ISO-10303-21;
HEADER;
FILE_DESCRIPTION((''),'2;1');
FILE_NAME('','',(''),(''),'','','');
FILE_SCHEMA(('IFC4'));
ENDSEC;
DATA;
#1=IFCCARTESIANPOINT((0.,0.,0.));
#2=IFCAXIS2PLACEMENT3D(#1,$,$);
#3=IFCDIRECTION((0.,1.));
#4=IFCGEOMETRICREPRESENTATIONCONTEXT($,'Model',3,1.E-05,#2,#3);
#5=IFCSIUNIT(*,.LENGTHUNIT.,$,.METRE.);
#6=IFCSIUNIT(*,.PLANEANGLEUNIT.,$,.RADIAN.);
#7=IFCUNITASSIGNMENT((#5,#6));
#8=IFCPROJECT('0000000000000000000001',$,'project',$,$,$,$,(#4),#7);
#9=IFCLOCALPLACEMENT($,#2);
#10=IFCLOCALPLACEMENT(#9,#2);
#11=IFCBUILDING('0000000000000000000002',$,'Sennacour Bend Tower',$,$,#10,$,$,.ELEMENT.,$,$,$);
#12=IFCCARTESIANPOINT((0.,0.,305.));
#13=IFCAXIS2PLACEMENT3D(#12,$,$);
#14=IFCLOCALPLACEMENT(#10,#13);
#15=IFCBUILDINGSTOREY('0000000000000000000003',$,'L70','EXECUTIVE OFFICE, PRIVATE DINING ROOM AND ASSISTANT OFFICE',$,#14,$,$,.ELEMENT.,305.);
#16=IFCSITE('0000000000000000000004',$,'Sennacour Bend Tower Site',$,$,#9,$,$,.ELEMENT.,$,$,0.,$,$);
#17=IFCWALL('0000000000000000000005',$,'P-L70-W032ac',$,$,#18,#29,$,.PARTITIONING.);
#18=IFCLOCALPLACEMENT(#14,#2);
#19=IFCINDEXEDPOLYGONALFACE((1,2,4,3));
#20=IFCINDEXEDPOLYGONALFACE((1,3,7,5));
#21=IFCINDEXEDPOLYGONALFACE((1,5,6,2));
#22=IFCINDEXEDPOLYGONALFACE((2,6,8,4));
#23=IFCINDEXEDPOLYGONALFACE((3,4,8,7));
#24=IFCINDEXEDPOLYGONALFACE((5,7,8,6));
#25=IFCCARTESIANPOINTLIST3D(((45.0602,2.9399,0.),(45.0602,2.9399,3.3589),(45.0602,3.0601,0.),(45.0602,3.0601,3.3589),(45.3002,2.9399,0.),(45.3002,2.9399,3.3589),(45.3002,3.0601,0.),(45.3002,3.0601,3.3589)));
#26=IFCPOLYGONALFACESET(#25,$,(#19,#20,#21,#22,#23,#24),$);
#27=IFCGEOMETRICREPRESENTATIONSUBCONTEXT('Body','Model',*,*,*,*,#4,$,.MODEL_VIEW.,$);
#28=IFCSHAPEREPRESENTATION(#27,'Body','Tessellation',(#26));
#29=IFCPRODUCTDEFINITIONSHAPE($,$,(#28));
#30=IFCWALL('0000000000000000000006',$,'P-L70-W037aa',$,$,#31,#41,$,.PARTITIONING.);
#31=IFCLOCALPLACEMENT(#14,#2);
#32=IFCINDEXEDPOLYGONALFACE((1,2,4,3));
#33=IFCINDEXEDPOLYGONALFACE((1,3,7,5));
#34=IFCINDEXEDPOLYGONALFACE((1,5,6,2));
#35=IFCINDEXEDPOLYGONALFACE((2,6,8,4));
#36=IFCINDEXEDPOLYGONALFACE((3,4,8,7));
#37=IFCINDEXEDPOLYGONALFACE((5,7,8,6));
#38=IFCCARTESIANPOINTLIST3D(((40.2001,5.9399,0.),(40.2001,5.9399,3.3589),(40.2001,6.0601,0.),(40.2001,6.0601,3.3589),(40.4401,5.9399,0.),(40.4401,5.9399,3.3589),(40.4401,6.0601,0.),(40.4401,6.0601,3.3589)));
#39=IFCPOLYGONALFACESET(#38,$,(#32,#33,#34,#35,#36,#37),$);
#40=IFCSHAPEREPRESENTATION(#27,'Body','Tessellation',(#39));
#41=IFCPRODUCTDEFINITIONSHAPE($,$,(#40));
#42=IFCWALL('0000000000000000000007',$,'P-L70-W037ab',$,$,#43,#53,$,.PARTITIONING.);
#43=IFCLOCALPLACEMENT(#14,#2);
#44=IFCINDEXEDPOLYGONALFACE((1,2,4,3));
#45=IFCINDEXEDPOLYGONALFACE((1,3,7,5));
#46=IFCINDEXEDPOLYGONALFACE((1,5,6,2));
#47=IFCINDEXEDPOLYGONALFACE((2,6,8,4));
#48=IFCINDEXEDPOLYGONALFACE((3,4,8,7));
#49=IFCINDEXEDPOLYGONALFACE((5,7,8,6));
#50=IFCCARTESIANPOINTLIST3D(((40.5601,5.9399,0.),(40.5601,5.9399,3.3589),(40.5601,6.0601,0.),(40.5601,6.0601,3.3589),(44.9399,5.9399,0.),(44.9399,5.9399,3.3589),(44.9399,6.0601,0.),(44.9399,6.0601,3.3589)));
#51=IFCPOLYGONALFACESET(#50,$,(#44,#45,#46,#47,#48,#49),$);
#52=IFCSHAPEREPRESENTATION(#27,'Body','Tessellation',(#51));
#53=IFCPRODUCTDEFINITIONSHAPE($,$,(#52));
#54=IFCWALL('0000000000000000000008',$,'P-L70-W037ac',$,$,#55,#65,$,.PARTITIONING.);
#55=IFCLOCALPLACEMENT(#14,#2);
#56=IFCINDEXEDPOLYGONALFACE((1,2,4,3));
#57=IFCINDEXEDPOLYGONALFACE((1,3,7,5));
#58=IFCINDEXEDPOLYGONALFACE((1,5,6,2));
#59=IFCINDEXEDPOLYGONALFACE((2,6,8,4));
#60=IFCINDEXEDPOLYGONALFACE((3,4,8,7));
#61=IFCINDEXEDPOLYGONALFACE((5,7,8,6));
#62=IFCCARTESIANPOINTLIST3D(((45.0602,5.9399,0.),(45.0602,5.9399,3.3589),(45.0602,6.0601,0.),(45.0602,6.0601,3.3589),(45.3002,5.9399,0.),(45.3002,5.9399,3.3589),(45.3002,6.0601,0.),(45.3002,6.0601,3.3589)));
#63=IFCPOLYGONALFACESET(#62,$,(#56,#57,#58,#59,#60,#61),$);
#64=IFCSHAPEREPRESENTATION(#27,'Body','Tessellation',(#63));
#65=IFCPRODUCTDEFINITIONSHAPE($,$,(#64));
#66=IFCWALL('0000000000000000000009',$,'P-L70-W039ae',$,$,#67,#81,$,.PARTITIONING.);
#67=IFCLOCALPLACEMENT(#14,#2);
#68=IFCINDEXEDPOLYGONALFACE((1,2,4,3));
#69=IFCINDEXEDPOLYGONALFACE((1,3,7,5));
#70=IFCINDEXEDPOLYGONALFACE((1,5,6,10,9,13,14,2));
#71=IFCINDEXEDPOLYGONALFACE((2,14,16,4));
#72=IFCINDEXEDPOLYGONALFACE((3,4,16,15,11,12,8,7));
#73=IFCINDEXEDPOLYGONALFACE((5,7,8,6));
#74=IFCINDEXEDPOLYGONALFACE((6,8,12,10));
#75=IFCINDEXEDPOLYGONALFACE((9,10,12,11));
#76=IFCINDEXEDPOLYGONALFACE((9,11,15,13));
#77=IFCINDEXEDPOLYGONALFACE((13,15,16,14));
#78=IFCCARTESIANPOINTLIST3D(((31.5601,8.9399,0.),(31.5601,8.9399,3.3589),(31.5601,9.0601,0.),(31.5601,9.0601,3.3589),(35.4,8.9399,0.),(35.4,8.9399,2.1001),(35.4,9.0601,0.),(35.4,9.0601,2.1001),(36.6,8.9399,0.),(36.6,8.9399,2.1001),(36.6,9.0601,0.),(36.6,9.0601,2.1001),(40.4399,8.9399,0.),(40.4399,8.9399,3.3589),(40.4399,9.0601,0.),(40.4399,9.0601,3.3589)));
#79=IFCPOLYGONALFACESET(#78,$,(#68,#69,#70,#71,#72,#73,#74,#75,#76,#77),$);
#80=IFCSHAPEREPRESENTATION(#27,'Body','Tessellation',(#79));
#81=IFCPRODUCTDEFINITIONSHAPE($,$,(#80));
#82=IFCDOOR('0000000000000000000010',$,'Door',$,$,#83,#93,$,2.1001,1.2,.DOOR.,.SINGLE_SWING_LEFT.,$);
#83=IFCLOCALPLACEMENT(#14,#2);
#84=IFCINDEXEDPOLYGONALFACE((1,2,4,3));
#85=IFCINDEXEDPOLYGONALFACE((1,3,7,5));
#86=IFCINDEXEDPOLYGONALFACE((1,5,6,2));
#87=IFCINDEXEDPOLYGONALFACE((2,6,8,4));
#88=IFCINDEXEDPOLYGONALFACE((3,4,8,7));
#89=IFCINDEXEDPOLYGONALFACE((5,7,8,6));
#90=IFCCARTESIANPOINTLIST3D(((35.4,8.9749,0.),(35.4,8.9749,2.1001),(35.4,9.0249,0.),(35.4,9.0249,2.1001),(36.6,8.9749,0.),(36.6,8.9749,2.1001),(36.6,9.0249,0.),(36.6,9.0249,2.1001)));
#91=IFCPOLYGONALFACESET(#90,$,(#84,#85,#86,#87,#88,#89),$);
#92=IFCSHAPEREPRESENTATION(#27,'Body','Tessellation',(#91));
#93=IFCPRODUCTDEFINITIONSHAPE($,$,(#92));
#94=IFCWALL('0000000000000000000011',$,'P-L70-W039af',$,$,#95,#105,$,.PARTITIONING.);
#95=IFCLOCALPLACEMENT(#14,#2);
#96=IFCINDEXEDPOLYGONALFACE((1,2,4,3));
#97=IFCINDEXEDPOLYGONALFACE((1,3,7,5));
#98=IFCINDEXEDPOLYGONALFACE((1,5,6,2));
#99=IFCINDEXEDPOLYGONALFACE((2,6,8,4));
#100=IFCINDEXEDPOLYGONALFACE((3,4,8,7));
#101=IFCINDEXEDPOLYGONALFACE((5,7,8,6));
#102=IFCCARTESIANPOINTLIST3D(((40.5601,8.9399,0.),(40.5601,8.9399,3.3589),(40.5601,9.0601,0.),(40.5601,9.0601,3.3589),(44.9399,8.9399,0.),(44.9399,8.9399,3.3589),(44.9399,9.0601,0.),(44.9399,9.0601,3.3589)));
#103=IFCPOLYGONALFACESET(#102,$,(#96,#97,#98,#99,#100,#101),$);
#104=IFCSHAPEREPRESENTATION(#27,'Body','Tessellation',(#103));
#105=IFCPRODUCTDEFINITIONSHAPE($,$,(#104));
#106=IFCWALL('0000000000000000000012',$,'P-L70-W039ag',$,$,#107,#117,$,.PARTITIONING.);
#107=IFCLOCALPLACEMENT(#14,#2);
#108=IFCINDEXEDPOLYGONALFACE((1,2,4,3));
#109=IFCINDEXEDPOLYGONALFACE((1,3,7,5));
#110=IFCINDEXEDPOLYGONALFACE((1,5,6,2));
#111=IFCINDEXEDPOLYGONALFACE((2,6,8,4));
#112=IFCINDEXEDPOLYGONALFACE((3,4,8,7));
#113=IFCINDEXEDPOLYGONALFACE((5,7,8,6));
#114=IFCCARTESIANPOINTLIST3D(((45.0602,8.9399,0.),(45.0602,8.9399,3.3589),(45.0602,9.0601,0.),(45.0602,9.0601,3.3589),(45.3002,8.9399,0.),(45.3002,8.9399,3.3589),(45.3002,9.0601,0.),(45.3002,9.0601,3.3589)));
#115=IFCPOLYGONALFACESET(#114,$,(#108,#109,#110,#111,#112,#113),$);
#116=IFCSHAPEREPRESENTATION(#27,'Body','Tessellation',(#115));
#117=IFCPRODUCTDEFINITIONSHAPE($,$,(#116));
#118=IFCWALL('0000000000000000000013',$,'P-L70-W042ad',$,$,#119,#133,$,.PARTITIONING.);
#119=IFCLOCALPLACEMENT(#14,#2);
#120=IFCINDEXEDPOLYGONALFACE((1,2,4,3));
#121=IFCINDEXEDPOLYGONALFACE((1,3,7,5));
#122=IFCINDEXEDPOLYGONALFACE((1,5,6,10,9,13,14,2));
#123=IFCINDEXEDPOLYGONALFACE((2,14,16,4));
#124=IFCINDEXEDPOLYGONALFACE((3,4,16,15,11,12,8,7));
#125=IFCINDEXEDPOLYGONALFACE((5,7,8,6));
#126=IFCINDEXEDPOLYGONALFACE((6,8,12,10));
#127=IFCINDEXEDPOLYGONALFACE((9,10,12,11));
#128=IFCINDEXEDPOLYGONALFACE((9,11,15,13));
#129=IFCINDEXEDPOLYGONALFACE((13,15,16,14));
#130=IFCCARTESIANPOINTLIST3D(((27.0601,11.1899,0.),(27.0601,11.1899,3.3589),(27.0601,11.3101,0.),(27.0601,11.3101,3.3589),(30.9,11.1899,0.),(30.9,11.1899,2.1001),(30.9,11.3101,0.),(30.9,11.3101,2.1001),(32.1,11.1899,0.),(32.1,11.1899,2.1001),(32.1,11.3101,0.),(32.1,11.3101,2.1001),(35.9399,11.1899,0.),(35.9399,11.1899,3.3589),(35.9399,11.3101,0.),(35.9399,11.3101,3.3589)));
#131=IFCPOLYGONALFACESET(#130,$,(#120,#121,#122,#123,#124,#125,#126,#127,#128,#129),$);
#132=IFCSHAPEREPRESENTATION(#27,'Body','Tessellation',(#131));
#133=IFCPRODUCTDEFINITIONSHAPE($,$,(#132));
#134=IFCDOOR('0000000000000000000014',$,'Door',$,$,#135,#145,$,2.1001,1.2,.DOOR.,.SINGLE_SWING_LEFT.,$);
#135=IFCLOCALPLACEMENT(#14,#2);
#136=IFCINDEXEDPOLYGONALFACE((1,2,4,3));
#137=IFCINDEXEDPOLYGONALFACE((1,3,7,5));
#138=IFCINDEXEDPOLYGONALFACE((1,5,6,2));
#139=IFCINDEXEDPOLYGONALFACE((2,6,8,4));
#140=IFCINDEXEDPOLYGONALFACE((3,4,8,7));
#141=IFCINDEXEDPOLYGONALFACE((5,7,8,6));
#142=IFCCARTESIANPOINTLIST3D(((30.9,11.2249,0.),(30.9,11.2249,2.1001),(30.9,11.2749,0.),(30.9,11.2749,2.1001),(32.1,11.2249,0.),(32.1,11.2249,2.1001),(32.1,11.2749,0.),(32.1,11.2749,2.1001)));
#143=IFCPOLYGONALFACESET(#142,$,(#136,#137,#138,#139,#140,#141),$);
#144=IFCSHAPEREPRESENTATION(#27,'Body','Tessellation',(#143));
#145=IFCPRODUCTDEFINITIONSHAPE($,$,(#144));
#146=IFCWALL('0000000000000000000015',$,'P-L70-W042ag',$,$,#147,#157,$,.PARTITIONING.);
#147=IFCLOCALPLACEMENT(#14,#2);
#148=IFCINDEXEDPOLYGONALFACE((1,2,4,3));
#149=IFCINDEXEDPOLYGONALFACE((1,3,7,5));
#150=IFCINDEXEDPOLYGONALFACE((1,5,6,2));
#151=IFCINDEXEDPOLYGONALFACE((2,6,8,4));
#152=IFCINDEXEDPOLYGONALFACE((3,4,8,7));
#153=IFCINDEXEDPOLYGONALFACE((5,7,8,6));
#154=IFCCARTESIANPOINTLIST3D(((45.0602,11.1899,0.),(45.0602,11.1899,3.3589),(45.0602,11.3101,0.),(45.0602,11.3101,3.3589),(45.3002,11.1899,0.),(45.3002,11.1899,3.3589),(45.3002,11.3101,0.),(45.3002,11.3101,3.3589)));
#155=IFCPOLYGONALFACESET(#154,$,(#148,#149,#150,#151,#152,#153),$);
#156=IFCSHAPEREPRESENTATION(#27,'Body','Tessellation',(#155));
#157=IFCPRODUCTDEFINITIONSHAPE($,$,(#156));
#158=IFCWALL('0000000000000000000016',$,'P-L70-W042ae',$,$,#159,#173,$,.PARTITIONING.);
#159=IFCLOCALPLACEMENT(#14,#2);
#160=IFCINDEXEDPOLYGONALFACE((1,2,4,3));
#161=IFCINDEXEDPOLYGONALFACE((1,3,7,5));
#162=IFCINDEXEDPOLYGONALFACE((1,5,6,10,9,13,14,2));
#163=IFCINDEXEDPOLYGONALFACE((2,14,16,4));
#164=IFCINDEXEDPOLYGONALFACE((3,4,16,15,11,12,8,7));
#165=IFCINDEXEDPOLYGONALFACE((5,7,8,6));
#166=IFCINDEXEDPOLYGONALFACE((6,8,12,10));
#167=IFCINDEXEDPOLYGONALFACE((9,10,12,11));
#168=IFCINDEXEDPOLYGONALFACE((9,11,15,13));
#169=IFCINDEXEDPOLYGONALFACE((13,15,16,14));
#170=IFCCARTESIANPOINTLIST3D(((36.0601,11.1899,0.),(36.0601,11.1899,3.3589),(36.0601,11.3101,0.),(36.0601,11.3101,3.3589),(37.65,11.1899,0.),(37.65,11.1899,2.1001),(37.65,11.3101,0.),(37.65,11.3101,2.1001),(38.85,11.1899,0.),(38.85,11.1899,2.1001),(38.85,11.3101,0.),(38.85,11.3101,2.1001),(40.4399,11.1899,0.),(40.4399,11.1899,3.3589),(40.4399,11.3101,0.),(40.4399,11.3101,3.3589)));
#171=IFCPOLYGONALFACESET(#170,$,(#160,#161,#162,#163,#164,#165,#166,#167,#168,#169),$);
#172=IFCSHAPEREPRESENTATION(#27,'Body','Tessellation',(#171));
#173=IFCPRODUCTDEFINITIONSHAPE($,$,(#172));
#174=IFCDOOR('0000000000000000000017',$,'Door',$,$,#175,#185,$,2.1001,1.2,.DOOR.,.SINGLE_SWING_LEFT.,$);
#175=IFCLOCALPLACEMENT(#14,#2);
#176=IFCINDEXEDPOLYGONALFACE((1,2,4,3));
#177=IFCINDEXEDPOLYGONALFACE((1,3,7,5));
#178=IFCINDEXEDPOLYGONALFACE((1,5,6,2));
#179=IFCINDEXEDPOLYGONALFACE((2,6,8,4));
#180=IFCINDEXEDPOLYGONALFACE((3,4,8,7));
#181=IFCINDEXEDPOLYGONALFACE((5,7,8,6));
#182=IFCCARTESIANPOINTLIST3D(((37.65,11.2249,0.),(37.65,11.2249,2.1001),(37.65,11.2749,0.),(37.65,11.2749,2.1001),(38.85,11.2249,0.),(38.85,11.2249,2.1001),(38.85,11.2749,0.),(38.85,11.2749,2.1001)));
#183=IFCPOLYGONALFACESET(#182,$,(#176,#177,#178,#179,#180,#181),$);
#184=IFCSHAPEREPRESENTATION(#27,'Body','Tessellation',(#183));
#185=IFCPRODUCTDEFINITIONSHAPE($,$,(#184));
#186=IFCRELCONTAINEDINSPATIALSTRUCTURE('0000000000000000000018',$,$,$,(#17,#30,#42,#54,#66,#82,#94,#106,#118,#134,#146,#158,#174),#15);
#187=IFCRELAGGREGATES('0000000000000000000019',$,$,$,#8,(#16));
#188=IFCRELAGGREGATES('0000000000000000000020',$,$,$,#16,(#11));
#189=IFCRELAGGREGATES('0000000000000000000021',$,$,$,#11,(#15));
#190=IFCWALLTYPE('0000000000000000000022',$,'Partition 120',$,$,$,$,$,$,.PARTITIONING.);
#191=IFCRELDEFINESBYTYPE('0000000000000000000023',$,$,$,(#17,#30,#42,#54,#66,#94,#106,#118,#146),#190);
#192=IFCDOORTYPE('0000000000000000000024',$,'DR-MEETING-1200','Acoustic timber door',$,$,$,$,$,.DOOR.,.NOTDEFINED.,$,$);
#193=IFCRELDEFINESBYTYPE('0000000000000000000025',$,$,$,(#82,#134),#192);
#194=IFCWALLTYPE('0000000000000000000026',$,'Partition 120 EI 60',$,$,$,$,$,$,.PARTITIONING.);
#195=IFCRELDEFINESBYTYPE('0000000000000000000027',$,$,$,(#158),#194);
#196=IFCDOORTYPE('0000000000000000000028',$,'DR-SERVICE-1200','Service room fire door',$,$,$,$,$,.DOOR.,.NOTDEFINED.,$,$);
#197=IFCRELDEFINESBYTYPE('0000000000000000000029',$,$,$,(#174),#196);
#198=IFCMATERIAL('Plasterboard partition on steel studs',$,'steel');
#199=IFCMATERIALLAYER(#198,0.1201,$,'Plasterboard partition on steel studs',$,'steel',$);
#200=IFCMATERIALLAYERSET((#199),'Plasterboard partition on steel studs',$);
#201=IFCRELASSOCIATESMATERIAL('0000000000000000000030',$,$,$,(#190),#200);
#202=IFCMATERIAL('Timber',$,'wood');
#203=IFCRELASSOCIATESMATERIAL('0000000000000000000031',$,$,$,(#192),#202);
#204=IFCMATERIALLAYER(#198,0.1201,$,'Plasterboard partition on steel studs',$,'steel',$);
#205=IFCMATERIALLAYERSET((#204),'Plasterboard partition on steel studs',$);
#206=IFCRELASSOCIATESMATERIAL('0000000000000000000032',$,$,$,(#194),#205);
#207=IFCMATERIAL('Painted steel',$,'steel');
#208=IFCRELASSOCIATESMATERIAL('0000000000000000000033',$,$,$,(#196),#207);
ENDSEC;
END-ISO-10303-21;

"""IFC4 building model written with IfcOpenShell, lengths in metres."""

from ifc_helpers import new_model, si_unit, direction, frame, frame_2d, origin, place, context, subcontext, project, spatial, rectangle, extrude, material, layer, layer_set, type_object, element, fill, save


model = new_model("IFC4")

# Units and contexts
model_context = context("Model", 3, precision=1e-05, world=origin(), true_north=direction((0.0, 1.0)))
body_context = subcontext(model_context, "Body", "Model", "MODEL_VIEW")
ifc_project = project(units=[si_unit("LENGTHUNIT", "METRE"), si_unit("PLANEANGLEUNIT", "RADIAN")], contexts=[model_context])

# Site, building, storey
site_placement = place(None, origin())
site = spatial("IfcSite", under=ifc_project, at=site_placement, Name="Sennacour Bend Tower Site", CompositionType="ELEMENT", RefElevation=0.0)
building_placement = place(site_placement, origin())
building = spatial("IfcBuilding", under=site, at=building_placement, Name="Sennacour Bend Tower", CompositionType="ELEMENT")
storey_placement = place(building_placement, frame((0.0, 0.0, 305.0)))
storey = spatial("IfcBuildingStorey", under=building, at=storey_placement, Name="L70", Description="EXECUTIVE OFFICE, PRIVATE DINING ROOM AND ASSISTANT OFFICE", CompositionType="ELEMENT", Elevation=305.0)

# Walls
ifc_material_1 = material(Name="Plasterboard partition on steel studs", Category="steel")
ifc_layer_1 = layer(ifc_material_1, 0.1201, Name="Plasterboard partition on steel studs", Category="steel")
ifc_layer_set_1 = layer_set([ifc_layer_1], Name="Plasterboard partition on steel studs")
wall_type_1 = type_object("IfcWallType", Name="Partition 120", PredefinedType="PARTITIONING", material=ifc_layer_set_1)
for number, where, z_axis, x_axis, name in (
    (1, (45.0601, 3.0, 0.0), (0.0, 0.0, 1.0), (1.0, 0.0, 0.0), "P-L70-W032ac"),
    (2, (40.2, 6.0, 0.0), (0.0, 0.0, 1.0), (1.0, 0.0, 0.0), "P-L70-W037aa"),
):
    element("IfcWall", number, at=place(storey_placement, frame(where, z_axis=z_axis, x_axis=x_axis)), inside=storey, type_object=wall_type_1, Name=name, PredefinedType="PARTITIONING", context=body_context, shape_type="SweptSolid", body=[
        extrude(rectangle(XDim=0.24, YDim=0.1201, at=frame_2d((0.1201, 0.0))), origin(), (0.0, 0.0, 1.0), 3.3589),
    ])
wall_1_placement = place(storey_placement, frame((40.5601, 6.0, 0.0), z_axis=(0.0, 0.0, 1.0), x_axis=(1.0, 0.0, 0.0)))
element("IfcWall", 3, at=wall_1_placement, inside=storey, type_object=wall_type_1, Name="P-L70-W037ab", PredefinedType="PARTITIONING", context=body_context, shape_type="SweptSolid", body=[
    extrude(rectangle(XDim=4.3799, YDim=0.1201, at=frame_2d((2.1899, 0.0))), origin(), (0.0, 0.0, 1.0), 3.3589),
])
wall_2_placement = place(storey_placement, frame((45.0601, 6.0, 0.0), z_axis=(0.0, 0.0, 1.0), x_axis=(1.0, 0.0, 0.0)))
element("IfcWall", 4, at=wall_2_placement, inside=storey, type_object=wall_type_1, Name="P-L70-W037ac", PredefinedType="PARTITIONING", context=body_context, shape_type="SweptSolid", body=[
    extrude(rectangle(XDim=0.24, YDim=0.1201, at=frame_2d((0.1201, 0.0))), origin(), (0.0, 0.0, 1.0), 3.3589),
])

# Wall, opening, door
wall_3_placement = place(storey_placement, frame((31.5601, 9.0, 0.0), z_axis=(0.0, 0.0, 1.0), x_axis=(1.0, 0.0, 0.0)))
wall_3 = element("IfcWall", 5, at=wall_3_placement, inside=storey, type_object=wall_type_1, Name="P-L70-W039ae", PredefinedType="PARTITIONING", context=body_context, shape_type="SweptSolid", body=[
    extrude(rectangle(XDim=8.8799, YDim=0.1201, at=frame_2d((4.4399, 0.0))), origin(), (0.0, 0.0, 1.0), 3.3589),
])
opening_1_placement = place(wall_3_placement, frame((3.8398, 0.0, 0.0)))
opening_1 = element("IfcOpeningElement", 6, at=opening_1_placement, cuts=wall_3, PredefinedType="OPENING", context=body_context, shape_type="SweptSolid", body=[
    extrude(rectangle(XDim=1.2, YDim=2.1001, at=frame_2d((0.6001, 1.05))), frame((0.0, 0.0701, 0.0), z_axis=(0.0, -1.0, 0.0), x_axis=(1.0, 0.0, 0.0)), (0.0, 0.0, 1.0), 0.1401),
])
ifc_material_2 = material(Name="Timber", Category="wood")
door_type_1 = type_object("IfcDoorType", Name="DR-MEETING-1200", Description="Acoustic timber door", OperationType="NOTDEFINED", PredefinedType="DOOR", material=ifc_material_2)
door_1_placement = place(opening_1_placement, origin())
door_1 = element("IfcDoor", 7, at=door_1_placement, inside=storey, type_object=door_type_1, Name="Door", OperationType="SINGLE_SWING_LEFT", OverallHeight=2.1001, OverallWidth=1.2, PredefinedType="DOOR", context=body_context, shape_type="SweptSolid", body=[
    extrude(rectangle(XDim=1.2, YDim=2.1001, at=frame_2d((0.6001, 1.05))), frame((0.0, 0.0249, 0.0), z_axis=(0.0, -1.0, 0.0), x_axis=(1.0, 0.0, 0.0)), (0.0, 0.0, 1.0), 0.05),
])
fill(opening_1, door_1)

# Walls
wall_4_placement = place(storey_placement, frame((40.5601, 9.0, 0.0), z_axis=(0.0, 0.0, 1.0), x_axis=(1.0, 0.0, 0.0)))
element("IfcWall", 8, at=wall_4_placement, inside=storey, type_object=wall_type_1, Name="P-L70-W039af", PredefinedType="PARTITIONING", context=body_context, shape_type="SweptSolid", body=[
    extrude(rectangle(XDim=4.3799, YDim=0.1201, at=frame_2d((2.1899, 0.0))), origin(), (0.0, 0.0, 1.0), 3.3589),
])
wall_5_placement = place(storey_placement, frame((45.0601, 9.0, 0.0), z_axis=(0.0, 0.0, 1.0), x_axis=(1.0, 0.0, 0.0)))
element("IfcWall", 9, at=wall_5_placement, inside=storey, type_object=wall_type_1, Name="P-L70-W039ag", PredefinedType="PARTITIONING", context=body_context, shape_type="SweptSolid", body=[
    extrude(rectangle(XDim=0.24, YDim=0.1201, at=frame_2d((0.1201, 0.0))), origin(), (0.0, 0.0, 1.0), 3.3589),
])

# Wall, opening, door
wall_6_placement = place(storey_placement, frame((27.0601, 11.25, 0.0), z_axis=(0.0, 0.0, 1.0), x_axis=(1.0, 0.0, 0.0)))
wall_6 = element("IfcWall", 10, at=wall_6_placement, inside=storey, type_object=wall_type_1, Name="P-L70-W042ad", PredefinedType="PARTITIONING", context=body_context, shape_type="SweptSolid", body=[
    extrude(rectangle(XDim=8.8799, YDim=0.1201, at=frame_2d((4.4399, 0.0))), origin(), (0.0, 0.0, 1.0), 3.3589),
])
opening_2_placement = place(wall_6_placement, frame((3.8398, 0.0, 0.0)))
opening_2 = element("IfcOpeningElement", 11, at=opening_2_placement, cuts=wall_6, PredefinedType="OPENING", context=body_context, shape_type="SweptSolid", body=[
    extrude(rectangle(XDim=1.2, YDim=2.1001, at=frame_2d((0.6001, 1.05))), frame((0.0, 0.0701, 0.0), z_axis=(0.0, -1.0, 0.0), x_axis=(1.0, 0.0, 0.0)), (0.0, 0.0, 1.0), 0.1401),
])
door_2_placement = place(opening_2_placement, origin())
door_2 = element("IfcDoor", 12, at=door_2_placement, inside=storey, type_object=door_type_1, Name="Door", OperationType="SINGLE_SWING_LEFT", OverallHeight=2.1001, OverallWidth=1.2, PredefinedType="DOOR", context=body_context, shape_type="SweptSolid", body=[
    extrude(rectangle(XDim=1.2, YDim=2.1001, at=frame_2d((0.6001, 1.05))), frame((0.0, 0.0249, 0.0), z_axis=(0.0, -1.0, 0.0), x_axis=(1.0, 0.0, 0.0)), (0.0, 0.0, 1.0), 0.05),
])
fill(opening_2, door_2)

# Wall
wall_7_placement = place(storey_placement, frame((45.0601, 11.25, 0.0), z_axis=(0.0, 0.0, 1.0), x_axis=(1.0, 0.0, 0.0)))
element("IfcWall", 13, at=wall_7_placement, inside=storey, type_object=wall_type_1, Name="P-L70-W042ag", PredefinedType="PARTITIONING", context=body_context, shape_type="SweptSolid", body=[
    extrude(rectangle(XDim=0.24, YDim=0.1201, at=frame_2d((0.1201, 0.0))), origin(), (0.0, 0.0, 1.0), 3.3589),
])

# Wall, opening, door
ifc_layer_2 = layer(ifc_material_1, 0.1201, Name="Plasterboard partition on steel studs", Category="steel")
ifc_layer_set_2 = layer_set([ifc_layer_2], Name="Plasterboard partition on steel studs")
wall_type_2 = type_object("IfcWallType", Name="Partition 120 EI 60", PredefinedType="PARTITIONING", material=ifc_layer_set_2)
wall_8_placement = place(storey_placement, frame((36.0601, 11.25, 0.0), z_axis=(0.0, 0.0, 1.0), x_axis=(1.0, 0.0, 0.0)))
wall_8 = element("IfcWall", 14, at=wall_8_placement, inside=storey, type_object=wall_type_2, Name="P-L70-W042ae", PredefinedType="PARTITIONING", context=body_context, shape_type="SweptSolid", body=[
    extrude(rectangle(XDim=4.3799, YDim=0.1201, at=frame_2d((2.1899, 0.0))), origin(), (0.0, 0.0, 1.0), 3.3589),
])
opening_3_placement = place(wall_8_placement, frame((1.5898, 0.0, 0.0)))
opening_3 = element("IfcOpeningElement", 15, at=opening_3_placement, cuts=wall_8, PredefinedType="OPENING", context=body_context, shape_type="SweptSolid", body=[
    extrude(rectangle(XDim=1.2, YDim=2.1001, at=frame_2d((0.6001, 1.05))), frame((0.0, 0.0701, 0.0), z_axis=(0.0, -1.0, 0.0), x_axis=(1.0, 0.0, 0.0)), (0.0, 0.0, 1.0), 0.1401),
])
ifc_material_3 = material(Name="Painted steel", Category="steel")
door_type_2 = type_object("IfcDoorType", Name="DR-SERVICE-1200", Description="Service room fire door", OperationType="NOTDEFINED", PredefinedType="DOOR", material=ifc_material_3)
door_3_placement = place(opening_3_placement, origin())
door_3 = element("IfcDoor", 16, at=door_3_placement, inside=storey, type_object=door_type_2, Name="Door", OperationType="SINGLE_SWING_LEFT", OverallHeight=2.1001, OverallWidth=1.2, PredefinedType="DOOR", context=body_context, shape_type="SweptSolid", body=[
    extrude(rectangle(XDim=1.2, YDim=2.1001, at=frame_2d((0.6001, 1.05))), frame((0.0, 0.0249, 0.0), z_axis=(0.0, -1.0, 0.0), x_axis=(1.0, 0.0, 0.0)), (0.0, 0.0, 1.0), 0.05),
])
fill(opening_3, door_3)

save(model, "model.ifc")
